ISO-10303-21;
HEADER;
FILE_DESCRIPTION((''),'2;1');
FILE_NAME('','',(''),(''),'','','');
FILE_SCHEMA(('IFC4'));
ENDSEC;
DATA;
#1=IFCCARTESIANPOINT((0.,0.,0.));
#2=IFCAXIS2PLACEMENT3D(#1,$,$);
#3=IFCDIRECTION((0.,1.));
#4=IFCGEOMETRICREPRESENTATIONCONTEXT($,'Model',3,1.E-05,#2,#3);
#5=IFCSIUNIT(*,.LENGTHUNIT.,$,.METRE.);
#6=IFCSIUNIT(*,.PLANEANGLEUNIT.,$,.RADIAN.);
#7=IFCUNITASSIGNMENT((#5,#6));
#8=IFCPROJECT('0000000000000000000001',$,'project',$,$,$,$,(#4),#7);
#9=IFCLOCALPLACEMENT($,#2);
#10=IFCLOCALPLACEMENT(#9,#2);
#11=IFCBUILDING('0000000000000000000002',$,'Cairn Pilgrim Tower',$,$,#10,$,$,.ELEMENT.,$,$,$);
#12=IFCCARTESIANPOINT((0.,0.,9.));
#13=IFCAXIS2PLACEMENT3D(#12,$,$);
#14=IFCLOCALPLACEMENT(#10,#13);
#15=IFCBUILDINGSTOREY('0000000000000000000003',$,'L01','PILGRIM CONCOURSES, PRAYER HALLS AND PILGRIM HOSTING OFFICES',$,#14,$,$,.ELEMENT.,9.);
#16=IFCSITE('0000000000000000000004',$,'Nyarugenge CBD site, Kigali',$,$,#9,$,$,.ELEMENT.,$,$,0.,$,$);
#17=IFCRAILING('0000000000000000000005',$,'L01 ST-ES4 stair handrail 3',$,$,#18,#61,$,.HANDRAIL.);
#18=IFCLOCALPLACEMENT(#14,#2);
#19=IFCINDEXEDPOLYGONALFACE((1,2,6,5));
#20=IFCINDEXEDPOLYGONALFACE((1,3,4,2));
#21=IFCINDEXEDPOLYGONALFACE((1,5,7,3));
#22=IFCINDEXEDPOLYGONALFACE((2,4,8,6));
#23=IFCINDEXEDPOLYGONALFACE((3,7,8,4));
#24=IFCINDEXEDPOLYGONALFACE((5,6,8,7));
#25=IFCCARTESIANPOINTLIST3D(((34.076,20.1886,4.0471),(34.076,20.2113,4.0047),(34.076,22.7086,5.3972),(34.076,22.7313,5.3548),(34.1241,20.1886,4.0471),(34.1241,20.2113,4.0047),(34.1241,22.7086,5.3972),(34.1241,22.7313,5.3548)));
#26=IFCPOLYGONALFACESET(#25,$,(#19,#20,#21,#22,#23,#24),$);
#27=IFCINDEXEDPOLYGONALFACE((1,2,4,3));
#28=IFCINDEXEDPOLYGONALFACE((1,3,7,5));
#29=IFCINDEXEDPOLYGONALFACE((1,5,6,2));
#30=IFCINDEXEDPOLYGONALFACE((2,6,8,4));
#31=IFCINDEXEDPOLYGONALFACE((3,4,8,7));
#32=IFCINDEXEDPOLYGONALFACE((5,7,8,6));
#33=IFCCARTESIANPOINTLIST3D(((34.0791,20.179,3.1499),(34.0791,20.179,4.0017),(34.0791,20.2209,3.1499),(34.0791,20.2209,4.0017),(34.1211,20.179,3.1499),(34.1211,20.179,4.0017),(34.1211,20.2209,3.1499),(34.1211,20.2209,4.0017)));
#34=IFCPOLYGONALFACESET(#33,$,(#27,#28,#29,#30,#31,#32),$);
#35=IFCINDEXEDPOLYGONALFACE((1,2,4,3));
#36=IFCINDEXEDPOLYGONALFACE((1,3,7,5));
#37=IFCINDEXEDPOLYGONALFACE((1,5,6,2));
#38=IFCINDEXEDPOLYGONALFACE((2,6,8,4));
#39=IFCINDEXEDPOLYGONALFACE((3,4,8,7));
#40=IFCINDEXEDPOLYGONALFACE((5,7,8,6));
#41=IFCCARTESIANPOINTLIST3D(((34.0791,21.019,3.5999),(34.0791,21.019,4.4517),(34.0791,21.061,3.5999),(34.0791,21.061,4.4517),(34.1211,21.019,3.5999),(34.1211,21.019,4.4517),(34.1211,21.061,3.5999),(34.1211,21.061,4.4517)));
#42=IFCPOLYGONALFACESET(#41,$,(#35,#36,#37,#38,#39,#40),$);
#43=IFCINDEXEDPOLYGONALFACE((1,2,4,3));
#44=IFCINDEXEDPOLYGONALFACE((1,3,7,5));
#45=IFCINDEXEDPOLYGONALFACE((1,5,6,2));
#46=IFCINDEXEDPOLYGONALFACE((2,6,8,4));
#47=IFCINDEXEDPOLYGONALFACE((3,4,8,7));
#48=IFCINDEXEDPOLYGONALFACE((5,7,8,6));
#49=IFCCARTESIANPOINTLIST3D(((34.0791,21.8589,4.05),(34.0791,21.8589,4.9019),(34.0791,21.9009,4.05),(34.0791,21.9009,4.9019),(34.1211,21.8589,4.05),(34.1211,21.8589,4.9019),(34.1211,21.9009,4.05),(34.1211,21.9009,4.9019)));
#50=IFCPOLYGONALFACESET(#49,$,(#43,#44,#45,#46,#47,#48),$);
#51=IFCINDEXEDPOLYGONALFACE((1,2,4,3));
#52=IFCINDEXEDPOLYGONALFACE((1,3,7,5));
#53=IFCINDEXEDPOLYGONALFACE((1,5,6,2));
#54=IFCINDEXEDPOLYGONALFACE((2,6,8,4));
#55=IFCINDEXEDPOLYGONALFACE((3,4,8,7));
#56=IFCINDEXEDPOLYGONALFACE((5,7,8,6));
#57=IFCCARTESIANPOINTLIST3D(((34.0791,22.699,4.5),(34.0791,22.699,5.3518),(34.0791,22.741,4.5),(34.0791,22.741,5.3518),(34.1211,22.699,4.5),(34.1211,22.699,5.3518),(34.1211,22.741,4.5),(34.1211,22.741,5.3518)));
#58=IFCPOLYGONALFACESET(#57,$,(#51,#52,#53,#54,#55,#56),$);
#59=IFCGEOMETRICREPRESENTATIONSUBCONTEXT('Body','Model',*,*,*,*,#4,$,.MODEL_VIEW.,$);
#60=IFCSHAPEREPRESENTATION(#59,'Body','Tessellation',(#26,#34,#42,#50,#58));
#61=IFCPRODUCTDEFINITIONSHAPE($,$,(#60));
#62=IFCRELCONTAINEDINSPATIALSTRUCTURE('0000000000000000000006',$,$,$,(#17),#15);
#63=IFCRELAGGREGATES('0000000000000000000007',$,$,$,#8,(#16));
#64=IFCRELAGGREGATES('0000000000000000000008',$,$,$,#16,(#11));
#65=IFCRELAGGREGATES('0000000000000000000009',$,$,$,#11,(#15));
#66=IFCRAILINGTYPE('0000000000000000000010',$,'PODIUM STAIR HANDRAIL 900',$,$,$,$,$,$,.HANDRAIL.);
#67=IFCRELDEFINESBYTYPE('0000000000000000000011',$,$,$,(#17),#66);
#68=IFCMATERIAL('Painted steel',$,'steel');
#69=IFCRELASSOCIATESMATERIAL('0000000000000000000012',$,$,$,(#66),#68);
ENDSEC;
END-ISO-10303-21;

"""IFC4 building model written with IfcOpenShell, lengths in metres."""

from ifc_helpers import new_model, si_unit, direction, frame, origin, origin_2d, place, context, subcontext, project, spatial, rectangle, extrude, material, type_object, element, save


model = new_model("IFC4")

# Units and contexts
model_context = context("Model", 3, precision=1e-05, world=origin(), true_north=direction((0.0, 1.0)))
body_context = subcontext(model_context, "Body", "Model", "MODEL_VIEW")
ifc_project = project(units=[si_unit("LENGTHUNIT", "METRE"), si_unit("PLANEANGLEUNIT", "RADIAN")], contexts=[model_context])

# Site, building, storey
site_placement = place(None, origin())
site = spatial("IfcSite", under=ifc_project, at=site_placement, Name="Nyarugenge CBD site, Kigali", CompositionType="ELEMENT", RefElevation=0.0)
building_placement = place(site_placement, origin())
building = spatial("IfcBuilding", under=site, at=building_placement, Name="Cairn Pilgrim Tower", CompositionType="ELEMENT")
storey_placement = place(building_placement, frame((0.0, 0.0, 9.0)))
storey = spatial("IfcBuildingStorey", under=building, at=storey_placement, Name="L01", Description="PILGRIM CONCOURSES, PRAYER HALLS AND PILGRIM HOSTING OFFICES", CompositionType="ELEMENT", Elevation=9.0)

# Railing
ifc_material_1 = material(Name="Painted steel", Category="steel")
railing_type_1 = type_object("IfcRailingType", Name="PODIUM STAIR HANDRAIL 900", PredefinedType="HANDRAIL", material=ifc_material_1)
for number, where, name in (
    (1, (34.1001, 20.2, 3.1499), "L01 ST-ES4 stair handrail 3"),
):
    element("IfcRailing", number, at=place(storey_placement, frame(where)), inside=storey, type_object=railing_type_1, Name=name, PredefinedType="HANDRAIL", context=body_context, shape_type="SweptSolid", body=[
        extrude(rectangle(XDim=0.0481, YDim=0.0481, at=origin_2d()), frame((0.0, 0.0, 0.876), z_axis=(0.0, 0.881467, 0.472245), x_axis=(-1.0, 0.0, 0.0)), (0.0, 0.0, 1.0), 2.8589),
        extrude(rectangle(XDim=0.042, YDim=0.042, at=origin_2d()), origin(), (0.0, 0.0, 1.0), 0.8518),
        extrude(rectangle(XDim=0.042, YDim=0.042, at=origin_2d()), frame((0.0, 0.8401, 0.45)), (0.0, 0.0, 1.0), 0.8518),
        extrude(rectangle(XDim=0.042, YDim=0.042, at=origin_2d()), frame((0.0, 1.6799, 0.9001)), (0.0, 0.0, 1.0), 0.8518),
        extrude(rectangle(XDim=0.042, YDim=0.042, at=origin_2d()), frame((0.0, 2.52, 1.3501)), (0.0, 0.0, 1.0), 0.8518),
    ])

save(model, "model.ifc")
